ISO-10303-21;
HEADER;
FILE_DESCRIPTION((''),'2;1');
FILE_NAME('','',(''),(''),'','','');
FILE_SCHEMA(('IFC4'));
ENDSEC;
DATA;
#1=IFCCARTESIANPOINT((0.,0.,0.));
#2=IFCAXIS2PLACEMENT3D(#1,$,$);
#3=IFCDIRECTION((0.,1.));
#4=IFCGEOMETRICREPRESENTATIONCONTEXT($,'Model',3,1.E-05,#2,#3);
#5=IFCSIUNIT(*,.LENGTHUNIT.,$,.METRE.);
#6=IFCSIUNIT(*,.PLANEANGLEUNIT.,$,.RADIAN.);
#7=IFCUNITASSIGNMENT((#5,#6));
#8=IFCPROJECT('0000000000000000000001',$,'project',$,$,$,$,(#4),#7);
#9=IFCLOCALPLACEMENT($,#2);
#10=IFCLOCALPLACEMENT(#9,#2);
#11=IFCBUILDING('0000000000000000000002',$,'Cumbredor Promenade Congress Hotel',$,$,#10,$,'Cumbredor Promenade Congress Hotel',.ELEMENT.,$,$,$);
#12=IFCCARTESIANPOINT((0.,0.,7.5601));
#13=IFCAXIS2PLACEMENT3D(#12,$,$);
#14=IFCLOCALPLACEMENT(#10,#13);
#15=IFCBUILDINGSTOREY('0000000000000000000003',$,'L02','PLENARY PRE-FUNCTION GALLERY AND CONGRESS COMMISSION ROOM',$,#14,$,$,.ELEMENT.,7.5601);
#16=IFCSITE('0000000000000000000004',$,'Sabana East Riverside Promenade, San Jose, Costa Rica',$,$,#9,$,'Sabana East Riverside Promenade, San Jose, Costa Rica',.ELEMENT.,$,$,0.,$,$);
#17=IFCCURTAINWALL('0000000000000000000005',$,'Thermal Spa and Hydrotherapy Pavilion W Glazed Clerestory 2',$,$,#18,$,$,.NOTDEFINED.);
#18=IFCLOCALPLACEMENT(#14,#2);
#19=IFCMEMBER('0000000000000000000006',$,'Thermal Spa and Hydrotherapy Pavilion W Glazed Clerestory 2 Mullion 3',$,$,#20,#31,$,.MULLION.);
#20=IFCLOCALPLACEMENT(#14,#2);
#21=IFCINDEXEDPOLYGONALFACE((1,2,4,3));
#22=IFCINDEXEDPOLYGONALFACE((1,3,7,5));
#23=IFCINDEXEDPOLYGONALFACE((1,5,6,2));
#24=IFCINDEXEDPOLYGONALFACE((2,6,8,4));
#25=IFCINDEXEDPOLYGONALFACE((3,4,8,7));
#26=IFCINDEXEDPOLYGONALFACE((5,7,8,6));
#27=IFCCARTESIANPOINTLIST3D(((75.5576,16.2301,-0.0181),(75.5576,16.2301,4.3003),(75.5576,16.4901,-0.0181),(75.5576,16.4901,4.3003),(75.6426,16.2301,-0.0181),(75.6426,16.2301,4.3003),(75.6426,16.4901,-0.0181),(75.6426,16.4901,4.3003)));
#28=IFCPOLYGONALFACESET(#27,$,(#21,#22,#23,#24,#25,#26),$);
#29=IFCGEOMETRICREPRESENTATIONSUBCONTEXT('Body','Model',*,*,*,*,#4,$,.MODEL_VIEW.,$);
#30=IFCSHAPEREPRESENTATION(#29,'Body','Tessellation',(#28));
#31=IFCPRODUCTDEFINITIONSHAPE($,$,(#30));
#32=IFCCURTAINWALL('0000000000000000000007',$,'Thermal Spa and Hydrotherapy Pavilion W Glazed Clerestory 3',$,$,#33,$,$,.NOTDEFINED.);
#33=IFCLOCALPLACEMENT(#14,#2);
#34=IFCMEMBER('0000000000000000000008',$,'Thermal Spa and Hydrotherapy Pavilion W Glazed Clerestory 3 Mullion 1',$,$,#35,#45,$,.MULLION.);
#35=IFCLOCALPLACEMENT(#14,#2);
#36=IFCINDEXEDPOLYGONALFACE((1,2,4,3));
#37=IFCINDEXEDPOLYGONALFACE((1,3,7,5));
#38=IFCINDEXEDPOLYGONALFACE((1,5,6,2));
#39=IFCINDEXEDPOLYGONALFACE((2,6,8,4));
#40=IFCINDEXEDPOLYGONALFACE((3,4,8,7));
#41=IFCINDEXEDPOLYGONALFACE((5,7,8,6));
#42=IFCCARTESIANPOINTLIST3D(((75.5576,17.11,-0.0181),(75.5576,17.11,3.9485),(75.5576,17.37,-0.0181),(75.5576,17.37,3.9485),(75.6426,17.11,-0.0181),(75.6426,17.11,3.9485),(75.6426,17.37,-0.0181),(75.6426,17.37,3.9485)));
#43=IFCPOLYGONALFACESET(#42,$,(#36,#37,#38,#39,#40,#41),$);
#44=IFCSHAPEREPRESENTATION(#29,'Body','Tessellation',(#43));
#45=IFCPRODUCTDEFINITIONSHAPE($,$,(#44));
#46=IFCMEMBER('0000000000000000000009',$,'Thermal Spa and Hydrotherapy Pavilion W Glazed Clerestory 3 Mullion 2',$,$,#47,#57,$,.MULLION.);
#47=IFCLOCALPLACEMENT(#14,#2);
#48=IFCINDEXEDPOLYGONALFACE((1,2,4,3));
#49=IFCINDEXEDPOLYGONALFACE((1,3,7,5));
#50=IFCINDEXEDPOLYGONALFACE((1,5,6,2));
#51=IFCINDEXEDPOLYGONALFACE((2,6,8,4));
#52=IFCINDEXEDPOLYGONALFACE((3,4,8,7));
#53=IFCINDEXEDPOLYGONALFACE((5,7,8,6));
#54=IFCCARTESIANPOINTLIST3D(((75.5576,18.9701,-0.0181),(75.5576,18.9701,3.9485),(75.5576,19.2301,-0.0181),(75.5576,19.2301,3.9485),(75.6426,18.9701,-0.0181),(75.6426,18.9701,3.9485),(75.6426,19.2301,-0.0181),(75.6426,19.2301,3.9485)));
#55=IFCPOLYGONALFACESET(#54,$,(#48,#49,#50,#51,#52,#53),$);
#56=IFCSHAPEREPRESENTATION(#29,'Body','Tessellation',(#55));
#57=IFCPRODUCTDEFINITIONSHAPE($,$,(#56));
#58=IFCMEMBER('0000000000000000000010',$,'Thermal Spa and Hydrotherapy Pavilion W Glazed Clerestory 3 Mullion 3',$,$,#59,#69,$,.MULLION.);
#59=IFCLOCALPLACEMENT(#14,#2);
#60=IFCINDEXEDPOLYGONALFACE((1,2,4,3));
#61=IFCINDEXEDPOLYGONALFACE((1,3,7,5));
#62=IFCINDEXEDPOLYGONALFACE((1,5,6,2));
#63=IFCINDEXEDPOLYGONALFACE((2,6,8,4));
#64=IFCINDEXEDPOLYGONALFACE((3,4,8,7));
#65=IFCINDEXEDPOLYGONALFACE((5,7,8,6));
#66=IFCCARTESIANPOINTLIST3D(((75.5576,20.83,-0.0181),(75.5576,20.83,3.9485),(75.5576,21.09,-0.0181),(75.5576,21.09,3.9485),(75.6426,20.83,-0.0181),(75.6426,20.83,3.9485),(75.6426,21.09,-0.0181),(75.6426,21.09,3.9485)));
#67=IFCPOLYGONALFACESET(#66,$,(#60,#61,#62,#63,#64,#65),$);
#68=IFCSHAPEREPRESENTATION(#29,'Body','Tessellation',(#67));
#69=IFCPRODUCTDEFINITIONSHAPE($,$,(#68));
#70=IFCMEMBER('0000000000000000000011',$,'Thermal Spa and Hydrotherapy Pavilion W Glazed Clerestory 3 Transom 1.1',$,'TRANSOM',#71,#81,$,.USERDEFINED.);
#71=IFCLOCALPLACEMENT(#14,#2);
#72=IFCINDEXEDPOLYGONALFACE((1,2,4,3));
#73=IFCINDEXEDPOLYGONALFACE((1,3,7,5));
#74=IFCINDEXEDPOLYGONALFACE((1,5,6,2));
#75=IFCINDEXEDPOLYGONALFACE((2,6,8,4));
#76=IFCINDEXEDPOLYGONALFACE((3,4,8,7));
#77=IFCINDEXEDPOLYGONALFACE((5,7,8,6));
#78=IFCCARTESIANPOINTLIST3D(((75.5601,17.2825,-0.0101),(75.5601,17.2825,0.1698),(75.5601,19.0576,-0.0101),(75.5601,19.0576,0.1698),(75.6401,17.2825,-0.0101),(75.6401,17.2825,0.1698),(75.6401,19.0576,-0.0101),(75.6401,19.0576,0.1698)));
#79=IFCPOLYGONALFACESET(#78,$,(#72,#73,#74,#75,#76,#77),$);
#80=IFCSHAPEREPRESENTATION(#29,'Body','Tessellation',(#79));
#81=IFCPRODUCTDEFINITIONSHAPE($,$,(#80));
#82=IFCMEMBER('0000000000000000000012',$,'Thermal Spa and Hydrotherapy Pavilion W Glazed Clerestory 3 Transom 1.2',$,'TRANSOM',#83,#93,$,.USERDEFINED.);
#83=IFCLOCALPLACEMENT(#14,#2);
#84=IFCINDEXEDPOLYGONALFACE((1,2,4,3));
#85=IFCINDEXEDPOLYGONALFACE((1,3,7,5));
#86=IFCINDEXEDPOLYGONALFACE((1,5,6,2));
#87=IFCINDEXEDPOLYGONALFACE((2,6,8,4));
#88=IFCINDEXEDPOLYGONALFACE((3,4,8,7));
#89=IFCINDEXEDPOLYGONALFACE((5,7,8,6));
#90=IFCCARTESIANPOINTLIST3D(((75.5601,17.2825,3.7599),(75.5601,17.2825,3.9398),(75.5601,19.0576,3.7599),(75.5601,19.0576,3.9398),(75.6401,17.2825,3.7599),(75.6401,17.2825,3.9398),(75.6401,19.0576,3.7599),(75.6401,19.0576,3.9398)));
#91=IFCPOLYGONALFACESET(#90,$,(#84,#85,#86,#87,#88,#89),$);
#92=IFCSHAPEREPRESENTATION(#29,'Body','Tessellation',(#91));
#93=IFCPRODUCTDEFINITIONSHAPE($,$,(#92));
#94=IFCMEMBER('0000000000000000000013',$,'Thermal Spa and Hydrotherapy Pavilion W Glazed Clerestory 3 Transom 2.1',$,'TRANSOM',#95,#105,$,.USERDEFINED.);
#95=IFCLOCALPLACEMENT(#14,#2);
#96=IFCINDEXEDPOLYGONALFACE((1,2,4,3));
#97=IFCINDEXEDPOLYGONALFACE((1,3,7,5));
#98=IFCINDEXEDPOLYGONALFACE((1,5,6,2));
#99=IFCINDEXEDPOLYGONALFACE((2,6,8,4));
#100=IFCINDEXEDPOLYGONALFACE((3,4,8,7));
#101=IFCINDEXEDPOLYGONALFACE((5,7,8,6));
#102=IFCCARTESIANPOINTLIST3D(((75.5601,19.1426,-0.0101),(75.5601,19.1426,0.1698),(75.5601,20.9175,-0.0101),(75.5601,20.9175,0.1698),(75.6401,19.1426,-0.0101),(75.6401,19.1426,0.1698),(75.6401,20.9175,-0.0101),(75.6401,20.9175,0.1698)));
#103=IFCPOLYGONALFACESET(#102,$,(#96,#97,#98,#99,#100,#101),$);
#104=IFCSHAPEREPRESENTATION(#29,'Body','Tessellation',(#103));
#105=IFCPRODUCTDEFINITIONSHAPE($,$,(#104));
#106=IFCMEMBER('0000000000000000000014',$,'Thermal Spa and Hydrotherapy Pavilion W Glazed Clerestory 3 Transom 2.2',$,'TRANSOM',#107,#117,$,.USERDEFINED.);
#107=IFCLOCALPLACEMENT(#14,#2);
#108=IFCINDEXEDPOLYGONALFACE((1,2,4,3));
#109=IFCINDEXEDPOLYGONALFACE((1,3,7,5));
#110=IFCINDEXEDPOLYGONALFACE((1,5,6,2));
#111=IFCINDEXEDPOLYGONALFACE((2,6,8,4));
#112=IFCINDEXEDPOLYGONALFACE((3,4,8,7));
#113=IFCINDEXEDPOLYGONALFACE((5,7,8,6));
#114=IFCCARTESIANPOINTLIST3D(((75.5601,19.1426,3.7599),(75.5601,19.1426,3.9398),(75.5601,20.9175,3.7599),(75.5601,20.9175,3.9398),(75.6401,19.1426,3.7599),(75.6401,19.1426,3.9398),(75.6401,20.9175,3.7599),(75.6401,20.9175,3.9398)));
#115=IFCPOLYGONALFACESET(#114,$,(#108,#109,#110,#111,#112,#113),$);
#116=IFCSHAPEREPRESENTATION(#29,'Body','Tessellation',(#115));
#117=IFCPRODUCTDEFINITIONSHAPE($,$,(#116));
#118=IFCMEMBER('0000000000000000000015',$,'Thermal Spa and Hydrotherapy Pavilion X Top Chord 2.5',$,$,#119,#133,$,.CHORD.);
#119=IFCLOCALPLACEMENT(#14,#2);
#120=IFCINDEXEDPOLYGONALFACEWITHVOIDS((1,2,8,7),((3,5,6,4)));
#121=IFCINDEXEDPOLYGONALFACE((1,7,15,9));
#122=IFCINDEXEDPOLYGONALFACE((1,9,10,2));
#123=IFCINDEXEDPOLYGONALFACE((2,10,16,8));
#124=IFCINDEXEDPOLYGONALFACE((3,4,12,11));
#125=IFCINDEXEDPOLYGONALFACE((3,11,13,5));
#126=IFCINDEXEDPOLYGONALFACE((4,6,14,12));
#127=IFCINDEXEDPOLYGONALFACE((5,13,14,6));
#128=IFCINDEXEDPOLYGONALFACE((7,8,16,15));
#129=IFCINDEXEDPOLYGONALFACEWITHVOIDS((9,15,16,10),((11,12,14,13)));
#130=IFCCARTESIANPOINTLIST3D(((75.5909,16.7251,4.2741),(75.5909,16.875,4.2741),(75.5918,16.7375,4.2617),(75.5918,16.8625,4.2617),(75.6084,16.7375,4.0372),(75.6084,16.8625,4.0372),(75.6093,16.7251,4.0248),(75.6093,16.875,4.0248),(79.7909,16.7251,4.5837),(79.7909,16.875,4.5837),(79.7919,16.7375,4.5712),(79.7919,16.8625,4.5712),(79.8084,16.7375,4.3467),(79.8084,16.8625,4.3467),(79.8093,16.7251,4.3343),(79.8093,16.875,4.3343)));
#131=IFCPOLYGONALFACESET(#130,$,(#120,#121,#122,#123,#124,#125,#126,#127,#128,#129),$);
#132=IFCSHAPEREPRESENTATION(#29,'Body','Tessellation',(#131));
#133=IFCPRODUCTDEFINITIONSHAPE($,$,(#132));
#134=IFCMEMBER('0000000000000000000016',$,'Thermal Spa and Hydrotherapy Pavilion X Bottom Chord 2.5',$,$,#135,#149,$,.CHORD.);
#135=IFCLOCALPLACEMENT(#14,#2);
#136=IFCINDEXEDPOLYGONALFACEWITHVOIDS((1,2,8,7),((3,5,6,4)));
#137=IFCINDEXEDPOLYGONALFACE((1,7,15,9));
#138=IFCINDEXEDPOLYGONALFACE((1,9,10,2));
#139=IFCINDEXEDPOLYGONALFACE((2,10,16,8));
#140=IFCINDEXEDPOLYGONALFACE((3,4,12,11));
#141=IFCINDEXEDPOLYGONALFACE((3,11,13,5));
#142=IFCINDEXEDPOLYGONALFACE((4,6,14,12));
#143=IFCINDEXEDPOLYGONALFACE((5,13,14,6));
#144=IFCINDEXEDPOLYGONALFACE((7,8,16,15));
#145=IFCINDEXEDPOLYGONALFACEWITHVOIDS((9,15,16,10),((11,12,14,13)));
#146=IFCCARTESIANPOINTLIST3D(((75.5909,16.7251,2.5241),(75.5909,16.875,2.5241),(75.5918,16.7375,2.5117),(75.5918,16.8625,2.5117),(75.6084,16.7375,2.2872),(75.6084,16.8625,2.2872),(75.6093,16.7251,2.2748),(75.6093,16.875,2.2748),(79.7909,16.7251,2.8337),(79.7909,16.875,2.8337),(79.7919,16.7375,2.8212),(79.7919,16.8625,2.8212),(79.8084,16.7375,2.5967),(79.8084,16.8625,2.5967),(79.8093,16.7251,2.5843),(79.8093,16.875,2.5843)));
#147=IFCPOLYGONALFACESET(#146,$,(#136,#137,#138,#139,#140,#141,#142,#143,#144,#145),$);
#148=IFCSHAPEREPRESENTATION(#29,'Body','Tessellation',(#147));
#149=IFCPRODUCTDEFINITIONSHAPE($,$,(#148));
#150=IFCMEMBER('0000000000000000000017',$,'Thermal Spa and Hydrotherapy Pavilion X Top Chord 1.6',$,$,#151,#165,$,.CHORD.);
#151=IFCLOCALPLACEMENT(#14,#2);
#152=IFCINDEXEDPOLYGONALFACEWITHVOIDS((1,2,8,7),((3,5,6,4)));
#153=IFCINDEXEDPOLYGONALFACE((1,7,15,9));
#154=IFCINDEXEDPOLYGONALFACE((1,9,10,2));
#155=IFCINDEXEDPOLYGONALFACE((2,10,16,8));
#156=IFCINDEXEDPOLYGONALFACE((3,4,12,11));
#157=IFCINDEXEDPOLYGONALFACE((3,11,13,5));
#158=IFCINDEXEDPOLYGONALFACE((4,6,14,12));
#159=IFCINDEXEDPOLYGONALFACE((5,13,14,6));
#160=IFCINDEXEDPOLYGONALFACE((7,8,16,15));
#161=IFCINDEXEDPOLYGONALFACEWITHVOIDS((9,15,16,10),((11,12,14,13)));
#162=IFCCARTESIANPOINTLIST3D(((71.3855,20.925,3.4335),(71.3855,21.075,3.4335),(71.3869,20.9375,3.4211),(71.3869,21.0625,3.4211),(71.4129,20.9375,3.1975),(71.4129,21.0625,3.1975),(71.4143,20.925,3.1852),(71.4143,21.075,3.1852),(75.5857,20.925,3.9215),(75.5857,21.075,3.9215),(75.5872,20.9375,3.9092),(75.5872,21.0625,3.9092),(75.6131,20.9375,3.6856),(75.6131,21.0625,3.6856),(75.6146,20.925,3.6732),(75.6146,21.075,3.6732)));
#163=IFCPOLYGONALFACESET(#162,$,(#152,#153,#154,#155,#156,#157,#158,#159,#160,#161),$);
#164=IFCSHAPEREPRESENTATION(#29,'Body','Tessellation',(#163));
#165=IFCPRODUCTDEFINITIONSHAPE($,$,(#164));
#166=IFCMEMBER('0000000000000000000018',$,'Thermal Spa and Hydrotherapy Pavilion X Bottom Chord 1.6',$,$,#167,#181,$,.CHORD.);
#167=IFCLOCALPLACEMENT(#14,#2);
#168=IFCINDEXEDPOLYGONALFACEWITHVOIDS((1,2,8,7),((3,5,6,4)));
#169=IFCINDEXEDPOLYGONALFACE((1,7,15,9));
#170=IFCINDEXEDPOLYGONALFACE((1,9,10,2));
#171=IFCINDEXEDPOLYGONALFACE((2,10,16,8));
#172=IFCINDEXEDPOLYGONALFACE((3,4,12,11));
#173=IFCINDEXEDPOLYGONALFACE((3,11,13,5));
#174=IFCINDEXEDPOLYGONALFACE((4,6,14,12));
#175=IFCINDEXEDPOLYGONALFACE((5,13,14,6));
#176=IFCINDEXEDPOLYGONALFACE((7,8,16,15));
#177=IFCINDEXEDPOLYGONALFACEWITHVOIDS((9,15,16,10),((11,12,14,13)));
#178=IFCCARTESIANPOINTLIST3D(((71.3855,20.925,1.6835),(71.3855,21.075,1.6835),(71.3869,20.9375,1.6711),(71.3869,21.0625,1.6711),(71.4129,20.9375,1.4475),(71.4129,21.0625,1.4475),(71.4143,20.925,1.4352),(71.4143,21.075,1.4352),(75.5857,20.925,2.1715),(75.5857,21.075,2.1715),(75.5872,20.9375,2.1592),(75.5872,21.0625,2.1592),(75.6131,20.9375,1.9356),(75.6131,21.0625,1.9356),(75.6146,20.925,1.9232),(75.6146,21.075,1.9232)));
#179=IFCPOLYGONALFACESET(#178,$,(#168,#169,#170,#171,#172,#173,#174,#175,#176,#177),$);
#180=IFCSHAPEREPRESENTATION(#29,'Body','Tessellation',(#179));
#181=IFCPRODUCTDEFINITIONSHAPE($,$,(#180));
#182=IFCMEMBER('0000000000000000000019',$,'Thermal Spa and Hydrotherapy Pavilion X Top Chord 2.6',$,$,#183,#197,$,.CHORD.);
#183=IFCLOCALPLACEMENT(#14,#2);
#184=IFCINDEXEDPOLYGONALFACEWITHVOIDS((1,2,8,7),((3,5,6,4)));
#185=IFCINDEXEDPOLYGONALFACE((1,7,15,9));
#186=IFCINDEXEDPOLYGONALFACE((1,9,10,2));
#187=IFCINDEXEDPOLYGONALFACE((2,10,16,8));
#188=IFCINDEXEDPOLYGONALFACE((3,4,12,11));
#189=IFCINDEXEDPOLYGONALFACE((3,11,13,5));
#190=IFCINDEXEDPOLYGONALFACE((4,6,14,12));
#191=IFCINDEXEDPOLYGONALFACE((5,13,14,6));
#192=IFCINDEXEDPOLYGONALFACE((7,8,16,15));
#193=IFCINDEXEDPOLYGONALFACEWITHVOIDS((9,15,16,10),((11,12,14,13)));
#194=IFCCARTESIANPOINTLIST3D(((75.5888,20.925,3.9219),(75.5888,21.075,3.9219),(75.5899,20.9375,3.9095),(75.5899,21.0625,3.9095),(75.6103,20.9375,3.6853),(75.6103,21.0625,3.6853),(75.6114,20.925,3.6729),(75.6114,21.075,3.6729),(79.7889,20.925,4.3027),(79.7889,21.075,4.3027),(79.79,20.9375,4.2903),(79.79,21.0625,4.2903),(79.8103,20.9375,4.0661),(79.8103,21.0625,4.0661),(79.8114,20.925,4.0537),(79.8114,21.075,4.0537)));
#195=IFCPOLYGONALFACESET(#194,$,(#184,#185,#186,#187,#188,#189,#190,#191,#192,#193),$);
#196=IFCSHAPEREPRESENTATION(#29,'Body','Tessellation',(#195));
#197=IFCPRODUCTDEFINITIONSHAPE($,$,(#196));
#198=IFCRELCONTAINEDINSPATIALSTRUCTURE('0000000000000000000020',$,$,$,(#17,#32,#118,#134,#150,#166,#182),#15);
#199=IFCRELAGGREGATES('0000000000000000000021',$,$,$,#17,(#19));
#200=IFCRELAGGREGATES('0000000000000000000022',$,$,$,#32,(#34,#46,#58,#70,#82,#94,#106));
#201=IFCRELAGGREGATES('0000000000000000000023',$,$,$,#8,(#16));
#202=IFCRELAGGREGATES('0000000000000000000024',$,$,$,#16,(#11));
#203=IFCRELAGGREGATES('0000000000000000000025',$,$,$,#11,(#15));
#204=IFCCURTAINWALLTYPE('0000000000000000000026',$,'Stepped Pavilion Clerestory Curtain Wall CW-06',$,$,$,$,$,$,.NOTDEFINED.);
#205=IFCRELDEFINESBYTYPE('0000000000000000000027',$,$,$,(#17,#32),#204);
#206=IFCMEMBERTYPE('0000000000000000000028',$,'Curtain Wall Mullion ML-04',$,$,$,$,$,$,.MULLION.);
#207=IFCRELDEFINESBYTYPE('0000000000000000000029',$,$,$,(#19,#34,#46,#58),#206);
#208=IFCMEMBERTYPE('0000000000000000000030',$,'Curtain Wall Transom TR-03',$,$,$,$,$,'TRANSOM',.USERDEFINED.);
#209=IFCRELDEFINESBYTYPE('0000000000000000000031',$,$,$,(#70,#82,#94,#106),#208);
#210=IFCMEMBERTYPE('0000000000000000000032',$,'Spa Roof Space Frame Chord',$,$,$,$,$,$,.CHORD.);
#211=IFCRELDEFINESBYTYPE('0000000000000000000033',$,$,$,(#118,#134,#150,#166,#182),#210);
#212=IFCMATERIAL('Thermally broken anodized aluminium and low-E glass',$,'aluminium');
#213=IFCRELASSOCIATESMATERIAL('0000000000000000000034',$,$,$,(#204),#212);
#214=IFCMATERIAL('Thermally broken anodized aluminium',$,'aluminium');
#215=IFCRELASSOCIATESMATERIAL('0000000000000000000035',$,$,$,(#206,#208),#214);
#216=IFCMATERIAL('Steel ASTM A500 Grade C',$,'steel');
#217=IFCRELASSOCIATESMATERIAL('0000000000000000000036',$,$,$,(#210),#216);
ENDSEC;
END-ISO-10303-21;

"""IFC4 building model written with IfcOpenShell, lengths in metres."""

from ifc_helpers import new_model, si_unit, direction, frame, origin, origin_2d, place, context, subcontext, project, spatial, rectangle, hollow_rectangle, extrude, material, material_profile, profile_set, type_object, element, aggregate, save


model = new_model("IFC4")

# Units and contexts
model_context = context("Model", 3, precision=1e-05, world=origin(), true_north=direction((0.0, 1.0)))
body_context = subcontext(model_context, "Body", "Model", "MODEL_VIEW")
ifc_project = project(units=[si_unit("LENGTHUNIT", "METRE"), si_unit("PLANEANGLEUNIT", "RADIAN")], contexts=[model_context])

# Site, building, storey
site_placement = place(None, origin())
site = spatial("IfcSite", under=ifc_project, at=site_placement, Name="Sabana East Riverside Promenade, San Jose, Costa Rica", LongName="Sabana East Riverside Promenade, San Jose, Costa Rica", CompositionType="ELEMENT", RefElevation=0.0)
building_placement = place(site_placement, origin())
building = spatial("IfcBuilding", under=site, at=building_placement, Name="Cumbredor Promenade Congress Hotel", LongName="Cumbredor Promenade Congress Hotel", CompositionType="ELEMENT")
storey_placement = place(building_placement, frame((0.0, 0.0, 7.5601)))
storey = spatial("IfcBuildingStorey", under=building, at=storey_placement, Name="L02", Description="PLENARY PRE-FUNCTION GALLERY AND CONGRESS COMMISSION ROOM", CompositionType="ELEMENT", Elevation=7.5601)

# Curtain wall, member
ifc_material_1 = material(Name="Thermally broken anodized aluminium and low-E glass", Category="aluminium")
curtain_wall_type = type_object("IfcCurtainWallType", Name="Stepped Pavilion Clerestory Curtain Wall CW-06", PredefinedType="NOTDEFINED", material=ifc_material_1)
curtain_wall_1_placement = place(storey_placement, origin())
curtain_wall_1 = element("IfcCurtainWall", 1, at=curtain_wall_1_placement, inside=storey, type_object=curtain_wall_type, Name="Thermal Spa and Hydrotherapy Pavilion W Glazed Clerestory 2", PredefinedType="NOTDEFINED")
ifc_material_2 = material(Name="Thermally broken anodized aluminium", Category="aluminium")
ifc_material_profile_1 = material_profile(ifc_material_2, rectangle(XDim=0.085, YDim=0.26, at=origin_2d()), Name="ALU MULLION CLERESTORY 85x260")
ifc_profile_set_1 = profile_set([ifc_material_profile_1], Name="Thermally broken anodized aluminium")
member_type_1 = type_object("IfcMemberType", Name="Curtain Wall Mullion ML-04", PredefinedType="MULLION", material=ifc_profile_set_1)
member_1_placement = place(storey_placement, frame((75.6001, 16.3601, -0.0181), z_axis=(0.0, 0.0, 1.0), x_axis=(1.0, 0.0, 0.0)))
member_1 = element("IfcMember", 2, at=member_1_placement, type_object=member_type_1, Name="Thermal Spa and Hydrotherapy Pavilion W Glazed Clerestory 2 Mullion 3", PredefinedType="MULLION", context=body_context, shape_type="SweptSolid", body=[
    extrude(rectangle(XDim=0.085, YDim=0.26, at=origin_2d()), origin(), (0.0, 0.0, 1.0), 4.3184),
])
aggregate(curtain_wall_1, [member_1])

# Curtain wall, members
curtain_wall_2_placement = place(storey_placement, origin())
curtain_wall_2 = element("IfcCurtainWall", 3, at=curtain_wall_2_placement, inside=storey, type_object=curtain_wall_type, Name="Thermal Spa and Hydrotherapy Pavilion W Glazed Clerestory 3", PredefinedType="NOTDEFINED")
member_2_placement = place(storey_placement, frame((75.6001, 17.24, -0.0181), z_axis=(0.0, 0.0, 1.0), x_axis=(1.0, 0.0, 0.0)))
member_2 = element("IfcMember", 4, at=member_2_placement, type_object=member_type_1, Name="Thermal Spa and Hydrotherapy Pavilion W Glazed Clerestory 3 Mullion 1", PredefinedType="MULLION", context=body_context, shape_type="SweptSolid", body=[
    extrude(rectangle(XDim=0.085, YDim=0.26, at=origin_2d()), origin(), (0.0, 0.0, 1.0), 3.9666),
])
member_3_placement = place(storey_placement, frame((75.6001, 19.1001, -0.0181), z_axis=(0.0, 0.0, 1.0), x_axis=(1.0, 0.0, 0.0)))
member_3 = element("IfcMember", 5, at=member_3_placement, type_object=member_type_1, Name="Thermal Spa and Hydrotherapy Pavilion W Glazed Clerestory 3 Mullion 2", PredefinedType="MULLION", context=body_context, shape_type="SweptSolid", body=[
    extrude(rectangle(XDim=0.085, YDim=0.26, at=origin_2d()), origin(), (0.0, 0.0, 1.0), 3.9666),
])
member_4_placement = place(storey_placement, frame((75.6001, 20.96, -0.0181), z_axis=(0.0, 0.0, 1.0), x_axis=(1.0, 0.0, 0.0)))
member_4 = element("IfcMember", 6, at=member_4_placement, type_object=member_type_1, Name="Thermal Spa and Hydrotherapy Pavilion W Glazed Clerestory 3 Mullion 3", PredefinedType="MULLION", context=body_context, shape_type="SweptSolid", body=[
    extrude(rectangle(XDim=0.085, YDim=0.26, at=origin_2d()), origin(), (0.0, 0.0, 1.0), 3.9666),
])
ifc_material_profile_2 = material_profile(ifc_material_2, rectangle(XDim=0.0801, YDim=0.1799, at=origin_2d()), Name="ALU TRANSOM 80x180")
ifc_profile_set_2 = profile_set([ifc_material_profile_2], Name="Thermally broken anodized aluminium")
member_type_2 = type_object("IfcMemberType", Name="Curtain Wall Transom TR-03", ElementType="TRANSOM", PredefinedType="USERDEFINED", material=ifc_profile_set_2)
member_5_placement = place(storey_placement, frame((75.6001, 17.2825, 0.0798), z_axis=(0.0, 1.0, 0.0), x_axis=(-1.0, 0.0, 0.0)))
member_5 = element("IfcMember", 7, at=member_5_placement, type_object=member_type_2, Name="Thermal Spa and Hydrotherapy Pavilion W Glazed Clerestory 3 Transom 1.1", ObjectType="TRANSOM", PredefinedType="USERDEFINED", context=body_context, shape_type="SweptSolid", body=[
    extrude(rectangle(XDim=0.0801, YDim=0.1799, at=origin_2d()), origin(), (0.0, 0.0, 1.0), 1.7751),
])
member_6_placement = place(storey_placement, frame((75.6001, 17.2825, 3.8499), z_axis=(0.0, 1.0, 0.0), x_axis=(-1.0, 0.0, 0.0)))
member_6 = element("IfcMember", 8, at=member_6_placement, type_object=member_type_2, Name="Thermal Spa and Hydrotherapy Pavilion W Glazed Clerestory 3 Transom 1.2", ObjectType="TRANSOM", PredefinedType="USERDEFINED", context=body_context, shape_type="SweptSolid", body=[
    extrude(rectangle(XDim=0.0801, YDim=0.1799, at=origin_2d()), origin(), (0.0, 0.0, 1.0), 1.7751),
])
member_7_placement = place(storey_placement, frame((75.6001, 19.1426, 0.0798), z_axis=(0.0, 1.0, 0.0), x_axis=(-1.0, 0.0, 0.0)))
member_7 = element("IfcMember", 9, at=member_7_placement, type_object=member_type_2, Name="Thermal Spa and Hydrotherapy Pavilion W Glazed Clerestory 3 Transom 2.1", ObjectType="TRANSOM", PredefinedType="USERDEFINED", context=body_context, shape_type="SweptSolid", body=[
    extrude(rectangle(XDim=0.0801, YDim=0.1799, at=origin_2d()), origin(), (0.0, 0.0, 1.0), 1.7749),
])
member_8_placement = place(storey_placement, frame((75.6001, 19.1426, 3.8499), z_axis=(0.0, 1.0, 0.0), x_axis=(-1.0, 0.0, 0.0)))
member_8 = element("IfcMember", 10, at=member_8_placement, type_object=member_type_2, Name="Thermal Spa and Hydrotherapy Pavilion W Glazed Clerestory 3 Transom 2.2", ObjectType="TRANSOM", PredefinedType="USERDEFINED", context=body_context, shape_type="SweptSolid", body=[
    extrude(rectangle(XDim=0.0801, YDim=0.1799, at=origin_2d()), origin(), (0.0, 0.0, 1.0), 1.7749),
])

# Members
ifc_material_3 = material(Name="Steel ASTM A500 Grade C", Category="steel")
ifc_material_profile_3 = material_profile(ifc_material_3, hollow_rectangle(XDim=0.1499, YDim=0.25, WallThickness=0.0125, at=origin_2d()), Name="HSS 250x150x12.5")
ifc_profile_set_3 = profile_set([ifc_material_profile_3], Name="Steel ASTM A500 Grade C")
member_type_3 = type_object("IfcMemberType", Name="Spa Roof Space Frame Chord", PredefinedType="CHORD", material=ifc_profile_set_3)
for number, where, z_axis, x_axis, name in (
    (11, (75.6001, 16.8, 4.1494), (0.997295, 0.0, 0.073509), (0.0, 1.0, 0.0), "Thermal Spa and Hydrotherapy Pavilion X Top Chord 2.5"),
    (12, (75.6001, 16.8, 2.3994), (0.997295, 0.0, 0.073509), (0.0, 1.0, 0.0), "Thermal Spa and Hydrotherapy Pavilion X Bottom Chord 2.5"),
):
    element("IfcMember", number, at=place(storey_placement, frame(where, z_axis=z_axis, x_axis=x_axis)), inside=storey, type_object=member_type_3, Name=name, PredefinedType="CHORD", context=body_context, shape_type="SweptSolid", body=[
        extrude(hollow_rectangle(XDim=0.1499, YDim=0.25, WallThickness=0.0125, at=origin_2d()), origin(), (0.0, 0.0, 1.0), 4.2114),
    ])
for number, where, z_axis, x_axis, name in (
    (13, (71.3999, 21.0, 3.3093), (0.993317, 0.0, 0.115417), (0.0, 1.0, 0.0), "Thermal Spa and Hydrotherapy Pavilion X Top Chord 1.6"),
    (14, (71.3999, 21.0, 1.5593), (0.993317, 0.0, 0.115417), (0.0, 1.0, 0.0), "Thermal Spa and Hydrotherapy Pavilion X Bottom Chord 1.6"),
):
    element("IfcMember", number, at=place(storey_placement, frame(where, z_axis=z_axis, x_axis=x_axis)), inside=storey, type_object=member_type_3, Name=name, PredefinedType="CHORD", context=body_context, shape_type="SweptSolid", body=[
        extrude(hollow_rectangle(XDim=0.1499, YDim=0.25, WallThickness=0.0125, at=origin_2d()), origin(), (0.0, 0.0, 1.0), 4.2285),
    ])
for number, where, z_axis, x_axis, name in (
    (15, (75.6001, 21.0, 3.7974), (0.995914, 0.0, 0.090311), (0.0, 1.0, 0.0), "Thermal Spa and Hydrotherapy Pavilion X Top Chord 2.6"),
):
    element("IfcMember", number, at=place(storey_placement, frame(where, z_axis=z_axis, x_axis=x_axis)), inside=storey, type_object=member_type_3, Name=name, PredefinedType="CHORD", context=body_context, shape_type="SweptSolid", body=[
        extrude(hollow_rectangle(XDim=0.1499, YDim=0.25, WallThickness=0.0125, at=origin_2d()), origin(), (0.0, 0.0, 1.0), 4.2173),
    ])

aggregate(curtain_wall_2, [member_2, member_3, member_4, member_5, member_6, member_7, member_8])

save(model, "model.ifc")
